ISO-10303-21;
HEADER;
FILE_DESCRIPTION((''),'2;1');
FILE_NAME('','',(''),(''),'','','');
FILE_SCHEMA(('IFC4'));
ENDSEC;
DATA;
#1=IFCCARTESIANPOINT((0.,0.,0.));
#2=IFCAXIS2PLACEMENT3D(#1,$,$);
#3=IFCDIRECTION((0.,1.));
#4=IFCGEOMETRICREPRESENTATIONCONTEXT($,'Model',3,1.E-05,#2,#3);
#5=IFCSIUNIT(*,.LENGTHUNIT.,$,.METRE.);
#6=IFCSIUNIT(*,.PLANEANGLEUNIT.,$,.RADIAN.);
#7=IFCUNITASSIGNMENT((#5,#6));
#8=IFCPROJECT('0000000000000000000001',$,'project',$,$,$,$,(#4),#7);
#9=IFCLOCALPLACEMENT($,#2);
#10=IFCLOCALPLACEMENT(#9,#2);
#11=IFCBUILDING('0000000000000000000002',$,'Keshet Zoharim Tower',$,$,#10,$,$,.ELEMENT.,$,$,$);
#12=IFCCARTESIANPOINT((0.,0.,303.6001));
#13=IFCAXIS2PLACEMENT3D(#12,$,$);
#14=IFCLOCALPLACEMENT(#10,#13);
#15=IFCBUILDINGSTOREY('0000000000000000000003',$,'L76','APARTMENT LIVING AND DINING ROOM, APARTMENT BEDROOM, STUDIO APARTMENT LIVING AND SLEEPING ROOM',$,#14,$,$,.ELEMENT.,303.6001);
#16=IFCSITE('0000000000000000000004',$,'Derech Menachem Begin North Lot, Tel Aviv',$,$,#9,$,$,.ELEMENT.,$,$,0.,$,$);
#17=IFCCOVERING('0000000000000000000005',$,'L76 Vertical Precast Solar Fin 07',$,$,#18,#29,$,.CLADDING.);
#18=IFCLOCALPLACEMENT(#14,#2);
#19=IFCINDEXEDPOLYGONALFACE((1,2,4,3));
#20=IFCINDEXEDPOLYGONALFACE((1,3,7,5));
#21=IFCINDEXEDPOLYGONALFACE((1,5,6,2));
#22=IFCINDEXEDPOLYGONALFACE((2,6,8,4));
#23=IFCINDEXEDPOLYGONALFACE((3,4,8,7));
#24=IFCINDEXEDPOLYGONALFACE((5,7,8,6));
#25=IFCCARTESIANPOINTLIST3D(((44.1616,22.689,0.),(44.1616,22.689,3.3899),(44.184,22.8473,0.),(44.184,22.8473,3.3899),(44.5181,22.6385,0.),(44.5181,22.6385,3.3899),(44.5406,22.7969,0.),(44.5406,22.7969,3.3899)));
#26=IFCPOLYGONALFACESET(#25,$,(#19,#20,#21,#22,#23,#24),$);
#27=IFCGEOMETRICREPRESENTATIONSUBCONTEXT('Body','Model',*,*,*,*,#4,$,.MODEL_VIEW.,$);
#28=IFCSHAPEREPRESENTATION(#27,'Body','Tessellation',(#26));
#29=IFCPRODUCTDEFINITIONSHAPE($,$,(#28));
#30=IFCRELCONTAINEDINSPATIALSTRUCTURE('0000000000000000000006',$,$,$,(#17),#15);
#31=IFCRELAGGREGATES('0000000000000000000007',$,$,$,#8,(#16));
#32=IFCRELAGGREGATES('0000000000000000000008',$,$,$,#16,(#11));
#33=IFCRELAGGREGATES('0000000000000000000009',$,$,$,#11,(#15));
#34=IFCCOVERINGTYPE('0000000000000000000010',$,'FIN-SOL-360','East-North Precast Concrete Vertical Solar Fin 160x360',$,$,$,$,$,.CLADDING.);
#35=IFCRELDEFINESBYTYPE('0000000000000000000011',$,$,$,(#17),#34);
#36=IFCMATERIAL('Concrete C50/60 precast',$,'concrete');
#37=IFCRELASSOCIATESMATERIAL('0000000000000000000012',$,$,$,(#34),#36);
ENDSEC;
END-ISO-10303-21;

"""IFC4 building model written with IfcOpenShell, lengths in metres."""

from ifc_helpers import new_model, si_unit, direction, frame, origin, origin_2d, place, context, subcontext, project, spatial, rectangle, extrude, material, type_object, element, save


model = new_model("IFC4")

# Units and contexts
model_context = context("Model", 3, precision=1e-05, world=origin(), true_north=direction((0.0, 1.0)))
body_context = subcontext(model_context, "Body", "Model", "MODEL_VIEW")
ifc_project = project(units=[si_unit("LENGTHUNIT", "METRE"), si_unit("PLANEANGLEUNIT", "RADIAN")], contexts=[model_context])

# Site, building, storey
site_placement = place(None, origin())
site = spatial("IfcSite", under=ifc_project, at=site_placement, Name="Derech Menachem Begin North Lot, Tel Aviv", CompositionType="ELEMENT", RefElevation=0.0)
building_placement = place(site_placement, origin())
building = spatial("IfcBuilding", under=site, at=building_placement, Name="Keshet Zoharim Tower", CompositionType="ELEMENT")
storey_placement = place(building_placement, frame((0.0, 0.0, 303.6001)))
storey = spatial("IfcBuildingStorey", under=building, at=storey_placement, Name="L76", Description="APARTMENT LIVING AND DINING ROOM, APARTMENT BEDROOM, STUDIO APARTMENT LIVING AND SLEEPING ROOM", CompositionType="ELEMENT", Elevation=303.6001)

# Covering
ifc_material_1 = material(Name="Concrete C50/60 precast", Category="concrete")
covering_type = type_object("IfcCoveringType", Name="FIN-SOL-360", Description="East-North Precast Concrete Vertical Solar Fin 160x360", PredefinedType="CLADDING", material=ifc_material_1)
covering_placement = place(storey_placement, frame((44.3511, 22.7429, 0.0), z_axis=(0.0, 0.0, 1.0), x_axis=(-0.140137, -0.990132, 0.0)))
element("IfcCovering", 1, at=covering_placement, inside=storey, type_object=covering_type, Name="L76 Vertical Precast Solar Fin 07", PredefinedType="CLADDING", context=body_context, shape_type="SweptSolid", body=[
    extrude(rectangle(XDim=0.1599, YDim=0.3601, at=origin_2d()), origin(), (0.0, 0.0, 1.0), 3.3899),
])

save(model, "model.ifc")
